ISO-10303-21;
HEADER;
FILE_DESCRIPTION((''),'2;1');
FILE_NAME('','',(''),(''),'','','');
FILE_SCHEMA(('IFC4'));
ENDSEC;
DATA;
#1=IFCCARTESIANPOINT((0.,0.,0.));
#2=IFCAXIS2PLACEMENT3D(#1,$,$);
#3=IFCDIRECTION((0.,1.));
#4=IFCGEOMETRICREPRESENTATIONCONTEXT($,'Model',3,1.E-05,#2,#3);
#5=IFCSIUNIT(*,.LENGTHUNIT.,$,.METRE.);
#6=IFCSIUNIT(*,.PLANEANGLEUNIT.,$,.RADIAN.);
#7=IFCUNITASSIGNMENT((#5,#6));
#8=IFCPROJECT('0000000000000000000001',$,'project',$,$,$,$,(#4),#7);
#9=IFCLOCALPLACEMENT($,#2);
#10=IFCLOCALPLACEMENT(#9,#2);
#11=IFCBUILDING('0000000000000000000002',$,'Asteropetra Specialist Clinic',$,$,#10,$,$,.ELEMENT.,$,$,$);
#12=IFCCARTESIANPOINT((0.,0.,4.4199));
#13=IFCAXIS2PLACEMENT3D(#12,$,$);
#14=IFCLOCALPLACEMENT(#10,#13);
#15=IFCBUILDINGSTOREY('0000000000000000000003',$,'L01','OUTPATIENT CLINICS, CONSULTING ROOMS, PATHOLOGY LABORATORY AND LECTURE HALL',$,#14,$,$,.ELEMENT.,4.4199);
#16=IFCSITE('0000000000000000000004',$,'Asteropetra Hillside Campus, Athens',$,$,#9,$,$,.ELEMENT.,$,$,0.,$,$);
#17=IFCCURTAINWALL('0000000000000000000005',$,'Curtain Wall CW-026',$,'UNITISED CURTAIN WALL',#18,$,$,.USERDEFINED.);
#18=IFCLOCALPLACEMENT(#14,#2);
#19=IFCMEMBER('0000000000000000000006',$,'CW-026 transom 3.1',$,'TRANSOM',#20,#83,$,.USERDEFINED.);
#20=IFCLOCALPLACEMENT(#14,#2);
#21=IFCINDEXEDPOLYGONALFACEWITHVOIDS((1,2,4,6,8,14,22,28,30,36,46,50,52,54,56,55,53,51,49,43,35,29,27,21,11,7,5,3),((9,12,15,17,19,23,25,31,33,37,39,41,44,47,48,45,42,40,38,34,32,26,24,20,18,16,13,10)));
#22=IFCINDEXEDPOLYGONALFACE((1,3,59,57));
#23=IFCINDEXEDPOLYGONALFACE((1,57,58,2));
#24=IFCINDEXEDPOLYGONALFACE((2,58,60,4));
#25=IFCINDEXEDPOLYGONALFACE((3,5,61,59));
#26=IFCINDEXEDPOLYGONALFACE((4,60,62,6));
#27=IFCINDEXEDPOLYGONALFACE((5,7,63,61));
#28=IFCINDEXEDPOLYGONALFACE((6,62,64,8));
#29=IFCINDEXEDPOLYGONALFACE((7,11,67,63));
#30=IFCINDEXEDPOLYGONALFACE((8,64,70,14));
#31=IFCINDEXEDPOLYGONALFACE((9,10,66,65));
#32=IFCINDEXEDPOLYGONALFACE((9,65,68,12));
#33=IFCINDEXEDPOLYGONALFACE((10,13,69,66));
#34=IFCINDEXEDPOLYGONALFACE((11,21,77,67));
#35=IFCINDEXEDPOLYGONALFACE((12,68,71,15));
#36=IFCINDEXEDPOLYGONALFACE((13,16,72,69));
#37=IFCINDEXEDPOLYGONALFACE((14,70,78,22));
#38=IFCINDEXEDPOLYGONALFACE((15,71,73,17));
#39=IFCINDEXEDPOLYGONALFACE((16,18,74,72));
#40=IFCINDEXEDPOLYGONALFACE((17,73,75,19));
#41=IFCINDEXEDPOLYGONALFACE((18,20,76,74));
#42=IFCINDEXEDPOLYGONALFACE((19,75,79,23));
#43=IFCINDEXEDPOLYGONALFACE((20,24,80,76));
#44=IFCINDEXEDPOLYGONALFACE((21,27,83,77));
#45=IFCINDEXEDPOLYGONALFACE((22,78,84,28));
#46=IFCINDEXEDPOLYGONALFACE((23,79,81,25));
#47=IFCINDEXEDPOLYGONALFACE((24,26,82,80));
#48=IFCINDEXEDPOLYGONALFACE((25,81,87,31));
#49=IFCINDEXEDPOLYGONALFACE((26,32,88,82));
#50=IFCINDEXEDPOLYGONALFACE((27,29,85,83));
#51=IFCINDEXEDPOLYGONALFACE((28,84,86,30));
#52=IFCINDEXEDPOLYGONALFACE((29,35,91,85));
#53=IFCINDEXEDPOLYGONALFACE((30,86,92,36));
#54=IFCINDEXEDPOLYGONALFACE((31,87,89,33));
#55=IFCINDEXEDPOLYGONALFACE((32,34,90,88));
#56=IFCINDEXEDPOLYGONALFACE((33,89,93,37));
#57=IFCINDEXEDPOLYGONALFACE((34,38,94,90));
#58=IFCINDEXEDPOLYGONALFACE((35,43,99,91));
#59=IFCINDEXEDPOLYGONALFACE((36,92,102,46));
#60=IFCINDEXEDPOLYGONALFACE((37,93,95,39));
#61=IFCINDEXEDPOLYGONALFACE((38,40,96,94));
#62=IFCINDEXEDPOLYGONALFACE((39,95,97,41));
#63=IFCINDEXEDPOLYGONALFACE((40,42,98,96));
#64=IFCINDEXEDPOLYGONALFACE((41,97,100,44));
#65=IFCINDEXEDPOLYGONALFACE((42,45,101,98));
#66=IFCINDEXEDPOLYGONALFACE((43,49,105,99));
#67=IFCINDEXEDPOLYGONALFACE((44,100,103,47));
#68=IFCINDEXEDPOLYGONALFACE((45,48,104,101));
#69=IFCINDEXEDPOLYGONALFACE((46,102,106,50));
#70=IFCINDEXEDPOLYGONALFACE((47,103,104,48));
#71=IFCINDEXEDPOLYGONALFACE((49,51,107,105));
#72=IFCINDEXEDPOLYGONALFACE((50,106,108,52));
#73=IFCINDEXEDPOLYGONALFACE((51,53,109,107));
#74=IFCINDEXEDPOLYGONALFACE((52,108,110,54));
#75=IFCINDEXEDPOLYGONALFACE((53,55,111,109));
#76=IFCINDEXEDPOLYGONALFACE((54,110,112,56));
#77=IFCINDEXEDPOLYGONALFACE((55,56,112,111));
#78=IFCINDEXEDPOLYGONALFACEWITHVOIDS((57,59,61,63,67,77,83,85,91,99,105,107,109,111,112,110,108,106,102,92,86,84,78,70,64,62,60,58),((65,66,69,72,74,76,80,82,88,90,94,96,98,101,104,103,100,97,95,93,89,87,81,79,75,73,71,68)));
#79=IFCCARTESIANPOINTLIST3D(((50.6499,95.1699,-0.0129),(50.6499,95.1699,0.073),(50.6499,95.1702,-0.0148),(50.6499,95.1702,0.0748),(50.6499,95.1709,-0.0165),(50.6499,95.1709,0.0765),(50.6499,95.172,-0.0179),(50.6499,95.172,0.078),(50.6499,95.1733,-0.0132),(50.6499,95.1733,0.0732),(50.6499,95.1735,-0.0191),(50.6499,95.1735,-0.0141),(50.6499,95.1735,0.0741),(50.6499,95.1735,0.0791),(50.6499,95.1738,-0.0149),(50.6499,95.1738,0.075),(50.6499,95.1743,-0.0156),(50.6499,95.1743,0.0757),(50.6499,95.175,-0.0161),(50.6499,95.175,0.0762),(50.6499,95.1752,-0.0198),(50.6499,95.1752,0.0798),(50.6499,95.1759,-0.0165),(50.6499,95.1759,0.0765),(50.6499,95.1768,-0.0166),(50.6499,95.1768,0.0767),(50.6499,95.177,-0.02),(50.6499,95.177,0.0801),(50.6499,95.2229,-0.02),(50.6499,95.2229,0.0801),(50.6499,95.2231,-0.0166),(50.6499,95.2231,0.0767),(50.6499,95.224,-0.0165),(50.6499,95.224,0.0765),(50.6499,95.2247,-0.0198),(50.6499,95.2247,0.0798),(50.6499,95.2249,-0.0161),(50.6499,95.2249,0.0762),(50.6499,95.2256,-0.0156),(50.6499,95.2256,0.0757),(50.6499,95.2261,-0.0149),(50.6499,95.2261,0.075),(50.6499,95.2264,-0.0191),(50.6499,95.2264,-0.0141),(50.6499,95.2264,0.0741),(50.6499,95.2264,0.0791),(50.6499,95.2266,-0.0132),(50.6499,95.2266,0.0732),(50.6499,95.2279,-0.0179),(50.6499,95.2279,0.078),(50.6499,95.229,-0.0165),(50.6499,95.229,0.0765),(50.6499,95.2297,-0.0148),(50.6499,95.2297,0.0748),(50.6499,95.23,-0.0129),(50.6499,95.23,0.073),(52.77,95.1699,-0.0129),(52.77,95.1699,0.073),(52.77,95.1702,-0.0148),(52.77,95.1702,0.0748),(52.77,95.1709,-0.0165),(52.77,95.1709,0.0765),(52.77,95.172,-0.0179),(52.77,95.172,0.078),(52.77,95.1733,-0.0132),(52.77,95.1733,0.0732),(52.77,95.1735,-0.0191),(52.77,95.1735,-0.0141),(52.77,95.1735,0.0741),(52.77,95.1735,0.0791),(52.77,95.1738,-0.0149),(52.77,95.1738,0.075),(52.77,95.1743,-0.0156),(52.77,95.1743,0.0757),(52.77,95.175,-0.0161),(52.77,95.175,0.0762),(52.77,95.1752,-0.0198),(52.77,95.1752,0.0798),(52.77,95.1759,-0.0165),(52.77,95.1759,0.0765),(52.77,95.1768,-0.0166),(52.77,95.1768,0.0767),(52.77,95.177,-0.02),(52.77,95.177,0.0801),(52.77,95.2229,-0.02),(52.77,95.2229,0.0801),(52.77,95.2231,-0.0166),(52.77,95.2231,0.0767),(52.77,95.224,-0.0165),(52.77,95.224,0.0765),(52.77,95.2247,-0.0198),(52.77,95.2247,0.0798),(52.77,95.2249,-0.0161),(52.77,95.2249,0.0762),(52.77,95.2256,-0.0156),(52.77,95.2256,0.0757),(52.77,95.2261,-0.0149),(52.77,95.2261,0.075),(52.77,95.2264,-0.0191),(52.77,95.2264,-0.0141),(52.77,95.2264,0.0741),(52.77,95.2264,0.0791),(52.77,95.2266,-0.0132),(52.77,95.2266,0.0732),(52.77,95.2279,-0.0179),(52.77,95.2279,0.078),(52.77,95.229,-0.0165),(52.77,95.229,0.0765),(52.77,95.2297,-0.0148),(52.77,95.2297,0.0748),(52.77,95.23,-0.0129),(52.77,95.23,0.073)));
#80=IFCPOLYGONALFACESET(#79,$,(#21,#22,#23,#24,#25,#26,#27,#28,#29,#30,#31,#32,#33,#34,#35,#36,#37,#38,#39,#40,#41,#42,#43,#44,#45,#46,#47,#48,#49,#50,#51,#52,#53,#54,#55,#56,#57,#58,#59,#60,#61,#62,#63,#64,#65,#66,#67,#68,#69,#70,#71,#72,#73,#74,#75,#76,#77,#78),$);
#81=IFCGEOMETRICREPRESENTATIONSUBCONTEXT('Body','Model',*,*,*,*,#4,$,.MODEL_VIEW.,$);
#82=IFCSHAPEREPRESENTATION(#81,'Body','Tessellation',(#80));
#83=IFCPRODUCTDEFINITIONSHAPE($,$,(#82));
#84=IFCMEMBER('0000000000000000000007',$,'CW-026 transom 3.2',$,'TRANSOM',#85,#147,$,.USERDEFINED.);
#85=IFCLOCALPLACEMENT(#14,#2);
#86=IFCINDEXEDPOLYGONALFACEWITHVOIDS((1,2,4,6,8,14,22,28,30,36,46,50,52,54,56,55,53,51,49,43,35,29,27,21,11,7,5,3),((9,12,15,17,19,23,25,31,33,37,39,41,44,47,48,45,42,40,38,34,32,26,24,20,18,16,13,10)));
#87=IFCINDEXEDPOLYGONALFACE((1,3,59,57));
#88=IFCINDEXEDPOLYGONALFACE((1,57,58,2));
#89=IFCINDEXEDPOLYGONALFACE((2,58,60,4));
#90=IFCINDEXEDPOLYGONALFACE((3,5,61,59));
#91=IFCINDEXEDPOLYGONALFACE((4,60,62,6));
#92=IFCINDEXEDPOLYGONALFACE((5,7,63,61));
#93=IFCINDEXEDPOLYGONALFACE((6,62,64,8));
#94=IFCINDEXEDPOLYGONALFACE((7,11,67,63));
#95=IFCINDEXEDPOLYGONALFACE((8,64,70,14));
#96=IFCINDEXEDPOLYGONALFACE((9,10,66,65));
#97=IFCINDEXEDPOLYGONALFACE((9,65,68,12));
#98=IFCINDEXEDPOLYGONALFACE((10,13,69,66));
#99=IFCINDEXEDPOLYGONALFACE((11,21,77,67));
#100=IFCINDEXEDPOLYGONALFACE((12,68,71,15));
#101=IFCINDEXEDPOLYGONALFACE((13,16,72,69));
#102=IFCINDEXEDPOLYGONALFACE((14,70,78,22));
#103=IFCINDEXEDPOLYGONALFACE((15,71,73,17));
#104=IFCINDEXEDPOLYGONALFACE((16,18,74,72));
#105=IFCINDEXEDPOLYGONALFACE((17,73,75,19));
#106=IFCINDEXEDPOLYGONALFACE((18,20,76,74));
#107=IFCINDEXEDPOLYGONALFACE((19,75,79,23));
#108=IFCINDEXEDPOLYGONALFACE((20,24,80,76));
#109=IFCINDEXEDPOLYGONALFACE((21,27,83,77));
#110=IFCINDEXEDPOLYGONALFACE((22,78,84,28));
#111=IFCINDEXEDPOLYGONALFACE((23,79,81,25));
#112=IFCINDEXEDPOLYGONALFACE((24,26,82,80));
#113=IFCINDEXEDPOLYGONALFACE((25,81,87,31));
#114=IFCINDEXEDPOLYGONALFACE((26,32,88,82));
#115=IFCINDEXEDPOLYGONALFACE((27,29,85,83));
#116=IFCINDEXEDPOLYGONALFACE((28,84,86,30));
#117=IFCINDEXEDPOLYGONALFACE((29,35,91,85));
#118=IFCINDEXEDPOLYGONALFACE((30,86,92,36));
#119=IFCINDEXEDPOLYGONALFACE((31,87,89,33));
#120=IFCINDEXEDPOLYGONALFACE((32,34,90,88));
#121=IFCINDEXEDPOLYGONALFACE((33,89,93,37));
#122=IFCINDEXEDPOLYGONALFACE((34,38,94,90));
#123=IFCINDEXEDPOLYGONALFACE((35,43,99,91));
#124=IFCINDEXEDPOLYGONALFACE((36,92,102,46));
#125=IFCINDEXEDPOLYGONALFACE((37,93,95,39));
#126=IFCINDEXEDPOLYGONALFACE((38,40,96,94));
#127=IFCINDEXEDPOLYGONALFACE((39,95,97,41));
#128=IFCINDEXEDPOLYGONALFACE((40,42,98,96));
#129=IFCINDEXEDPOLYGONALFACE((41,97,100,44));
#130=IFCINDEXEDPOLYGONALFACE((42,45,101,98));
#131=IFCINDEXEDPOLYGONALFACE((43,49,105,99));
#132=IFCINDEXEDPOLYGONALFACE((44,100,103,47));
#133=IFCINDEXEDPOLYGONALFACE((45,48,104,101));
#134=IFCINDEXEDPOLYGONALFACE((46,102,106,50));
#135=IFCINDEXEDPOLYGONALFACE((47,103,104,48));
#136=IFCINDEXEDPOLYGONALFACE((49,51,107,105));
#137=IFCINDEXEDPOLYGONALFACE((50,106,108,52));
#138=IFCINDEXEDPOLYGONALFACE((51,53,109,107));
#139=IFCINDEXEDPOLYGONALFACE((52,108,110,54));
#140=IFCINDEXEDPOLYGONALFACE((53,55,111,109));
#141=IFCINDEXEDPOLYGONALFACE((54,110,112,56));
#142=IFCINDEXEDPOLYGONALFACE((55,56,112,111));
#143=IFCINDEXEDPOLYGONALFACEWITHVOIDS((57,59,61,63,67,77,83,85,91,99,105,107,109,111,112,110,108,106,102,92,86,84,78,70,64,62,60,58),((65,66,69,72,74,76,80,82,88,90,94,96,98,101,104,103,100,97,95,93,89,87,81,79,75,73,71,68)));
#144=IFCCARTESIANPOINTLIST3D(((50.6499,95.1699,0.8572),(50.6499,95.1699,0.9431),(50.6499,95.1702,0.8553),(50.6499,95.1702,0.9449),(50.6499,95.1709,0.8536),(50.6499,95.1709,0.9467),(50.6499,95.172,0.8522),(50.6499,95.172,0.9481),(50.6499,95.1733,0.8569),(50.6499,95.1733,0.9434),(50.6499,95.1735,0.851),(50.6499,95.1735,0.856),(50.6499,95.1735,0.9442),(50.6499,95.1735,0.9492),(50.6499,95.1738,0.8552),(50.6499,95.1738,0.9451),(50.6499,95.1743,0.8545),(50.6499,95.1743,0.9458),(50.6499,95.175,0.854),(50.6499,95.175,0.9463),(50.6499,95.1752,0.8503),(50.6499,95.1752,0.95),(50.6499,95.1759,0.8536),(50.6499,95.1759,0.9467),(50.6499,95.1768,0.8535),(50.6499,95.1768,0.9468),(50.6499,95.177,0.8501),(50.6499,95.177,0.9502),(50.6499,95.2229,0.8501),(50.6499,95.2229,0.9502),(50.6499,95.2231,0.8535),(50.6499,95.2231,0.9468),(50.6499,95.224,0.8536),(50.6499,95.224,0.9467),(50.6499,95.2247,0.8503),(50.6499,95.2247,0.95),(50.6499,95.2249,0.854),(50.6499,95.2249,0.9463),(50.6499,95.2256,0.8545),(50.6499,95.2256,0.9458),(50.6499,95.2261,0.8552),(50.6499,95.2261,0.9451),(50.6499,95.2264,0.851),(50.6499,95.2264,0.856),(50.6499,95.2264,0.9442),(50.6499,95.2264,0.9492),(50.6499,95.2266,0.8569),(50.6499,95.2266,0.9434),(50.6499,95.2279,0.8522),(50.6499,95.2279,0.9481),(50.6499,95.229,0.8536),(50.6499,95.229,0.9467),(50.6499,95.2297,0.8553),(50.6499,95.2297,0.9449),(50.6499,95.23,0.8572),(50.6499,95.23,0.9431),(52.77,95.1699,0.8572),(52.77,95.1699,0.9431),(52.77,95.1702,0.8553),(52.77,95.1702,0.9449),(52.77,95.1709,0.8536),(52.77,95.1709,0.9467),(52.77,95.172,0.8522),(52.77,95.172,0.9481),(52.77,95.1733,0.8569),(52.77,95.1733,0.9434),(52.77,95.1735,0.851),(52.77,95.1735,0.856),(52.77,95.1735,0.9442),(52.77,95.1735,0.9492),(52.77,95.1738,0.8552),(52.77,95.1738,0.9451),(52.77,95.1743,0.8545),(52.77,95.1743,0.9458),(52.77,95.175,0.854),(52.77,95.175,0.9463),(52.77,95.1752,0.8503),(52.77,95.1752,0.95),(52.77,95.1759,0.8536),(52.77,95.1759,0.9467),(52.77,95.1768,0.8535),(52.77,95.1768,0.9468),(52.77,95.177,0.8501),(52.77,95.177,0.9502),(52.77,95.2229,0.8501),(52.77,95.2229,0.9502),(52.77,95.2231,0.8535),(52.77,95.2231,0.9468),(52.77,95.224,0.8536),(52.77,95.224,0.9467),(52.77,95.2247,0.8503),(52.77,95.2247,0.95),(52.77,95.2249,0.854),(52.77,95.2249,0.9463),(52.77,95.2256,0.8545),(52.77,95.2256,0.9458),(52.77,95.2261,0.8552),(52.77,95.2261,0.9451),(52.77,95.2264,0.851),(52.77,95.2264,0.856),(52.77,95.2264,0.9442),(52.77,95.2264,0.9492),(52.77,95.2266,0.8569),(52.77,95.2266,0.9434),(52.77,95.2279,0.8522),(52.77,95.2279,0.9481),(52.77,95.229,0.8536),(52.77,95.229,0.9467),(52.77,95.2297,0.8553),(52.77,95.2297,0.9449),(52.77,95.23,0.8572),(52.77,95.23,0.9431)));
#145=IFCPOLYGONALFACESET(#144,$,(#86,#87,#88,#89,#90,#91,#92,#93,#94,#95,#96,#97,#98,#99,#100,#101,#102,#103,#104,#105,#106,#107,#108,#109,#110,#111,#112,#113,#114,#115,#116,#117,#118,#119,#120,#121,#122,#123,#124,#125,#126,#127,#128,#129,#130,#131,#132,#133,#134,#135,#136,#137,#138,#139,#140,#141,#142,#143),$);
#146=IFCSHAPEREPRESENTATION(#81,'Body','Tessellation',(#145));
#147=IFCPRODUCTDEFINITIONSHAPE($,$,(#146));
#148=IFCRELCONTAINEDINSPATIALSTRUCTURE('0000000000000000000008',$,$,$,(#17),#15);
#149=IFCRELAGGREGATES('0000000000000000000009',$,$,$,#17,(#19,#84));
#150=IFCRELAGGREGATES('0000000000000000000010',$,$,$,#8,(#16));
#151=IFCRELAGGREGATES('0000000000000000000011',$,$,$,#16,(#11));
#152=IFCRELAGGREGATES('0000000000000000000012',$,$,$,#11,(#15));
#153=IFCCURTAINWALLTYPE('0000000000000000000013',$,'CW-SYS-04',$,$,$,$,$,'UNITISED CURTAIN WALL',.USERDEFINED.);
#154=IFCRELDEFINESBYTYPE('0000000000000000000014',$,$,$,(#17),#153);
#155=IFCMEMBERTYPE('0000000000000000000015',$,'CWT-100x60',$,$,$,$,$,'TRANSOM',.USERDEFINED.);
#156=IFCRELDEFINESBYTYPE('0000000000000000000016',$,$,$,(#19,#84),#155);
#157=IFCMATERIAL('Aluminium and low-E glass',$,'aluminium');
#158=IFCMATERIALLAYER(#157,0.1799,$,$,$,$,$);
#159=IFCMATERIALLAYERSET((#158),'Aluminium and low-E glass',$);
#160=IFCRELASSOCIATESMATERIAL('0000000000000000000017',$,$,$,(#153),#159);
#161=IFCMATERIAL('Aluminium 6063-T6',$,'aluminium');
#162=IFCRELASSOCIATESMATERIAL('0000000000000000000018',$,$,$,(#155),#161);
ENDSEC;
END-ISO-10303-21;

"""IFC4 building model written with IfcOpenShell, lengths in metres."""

from ifc_helpers import new_model, si_unit, direction, frame, origin, origin_2d, place, context, subcontext, project, spatial, hollow_rectangle, extrude, material, layer, layer_set, material_profile, profile_set, type_object, element, aggregate, save


model = new_model("IFC4")

# Units and contexts
model_context = context("Model", 3, precision=1e-05, world=origin(), true_north=direction((0.0, 1.0)))
body_context = subcontext(model_context, "Body", "Model", "MODEL_VIEW")
ifc_project = project(units=[si_unit("LENGTHUNIT", "METRE"), si_unit("PLANEANGLEUNIT", "RADIAN")], contexts=[model_context])

# Site, building, storey
site_placement = place(None, origin())
site = spatial("IfcSite", under=ifc_project, at=site_placement, Name="Asteropetra Hillside Campus, Athens", CompositionType="ELEMENT", RefElevation=0.0)
building_placement = place(site_placement, origin())
building = spatial("IfcBuilding", under=site, at=building_placement, Name="Asteropetra Specialist Clinic", CompositionType="ELEMENT")
storey_placement = place(building_placement, frame((0.0, 0.0, 4.4199)))
storey = spatial("IfcBuildingStorey", under=building, at=storey_placement, Name="L01", Description="OUTPATIENT CLINICS, CONSULTING ROOMS, PATHOLOGY LABORATORY AND LECTURE HALL", CompositionType="ELEMENT", Elevation=4.4199)

# Curtain wall
ifc_material_1 = material(Name="Aluminium and low-E glass", Category="aluminium")
ifc_layer_1 = layer(ifc_material_1, 0.1799)
ifc_layer_set_1 = layer_set([ifc_layer_1], Name="Aluminium and low-E glass")
curtain_wall_type_1 = type_object("IfcCurtainWallType", Name="CW-SYS-04", ElementType="UNITISED CURTAIN WALL", PredefinedType="USERDEFINED", material=ifc_layer_set_1)
curtain_wall_1_placement = place(storey_placement, origin())
curtain_wall_1 = element("IfcCurtainWall", 1, at=curtain_wall_1_placement, inside=storey, type_object=curtain_wall_type_1, Name="Curtain Wall CW-026", ObjectType="UNITISED CURTAIN WALL", PredefinedType="USERDEFINED")

# Members
ifc_material_2 = material(Name="Aluminium 6063-T6", Category="aluminium")
ifc_material_profile_1 = material_profile(ifc_material_2, hollow_rectangle(XDim=0.0601, YDim=0.1001, WallThickness=0.0034, InnerFilletRadius=0.0034, OuterFilletRadius=0.0071, at=origin_2d()), Name="TRN 100x60x3.5")
ifc_profile_set_1 = profile_set([ifc_material_profile_1], Name="Aluminium 6063-T6")
member_type_1 = type_object("IfcMemberType", Name="CWT-100x60", ElementType="TRANSOM", PredefinedType="USERDEFINED", material=ifc_profile_set_1)
member_1_placement = place(storey_placement, frame((52.77, 95.2, 0.03), z_axis=(-1.0, 0.0, 0.0), x_axis=(0.0, -1.0, 0.0)))
member_1 = element("IfcMember", 2, at=member_1_placement, type_object=member_type_1, Name="CW-026 transom 3.1", ObjectType="TRANSOM", PredefinedType="USERDEFINED", context=body_context, shape_type="SweptSolid", body=[
    extrude(hollow_rectangle(XDim=0.0601, YDim=0.1001, WallThickness=0.0034, InnerFilletRadius=0.0034, OuterFilletRadius=0.0071, at=origin_2d()), origin(), (0.0, 0.0, 1.0), 2.1201),
])
member_2_placement = place(storey_placement, frame((52.77, 95.2, 0.9001), z_axis=(-1.0, 0.0, 0.0), x_axis=(0.0, -1.0, 0.0)))
member_2 = element("IfcMember", 3, at=member_2_placement, type_object=member_type_1, Name="CW-026 transom 3.2", ObjectType="TRANSOM", PredefinedType="USERDEFINED", context=body_context, shape_type="SweptSolid", body=[
    extrude(hollow_rectangle(XDim=0.0601, YDim=0.1001, WallThickness=0.0034, InnerFilletRadius=0.0034, OuterFilletRadius=0.0071, at=origin_2d()), origin(), (0.0, 0.0, 1.0), 2.1201),
])

aggregate(curtain_wall_1, [member_1, member_2])

save(model, "model.ifc")
